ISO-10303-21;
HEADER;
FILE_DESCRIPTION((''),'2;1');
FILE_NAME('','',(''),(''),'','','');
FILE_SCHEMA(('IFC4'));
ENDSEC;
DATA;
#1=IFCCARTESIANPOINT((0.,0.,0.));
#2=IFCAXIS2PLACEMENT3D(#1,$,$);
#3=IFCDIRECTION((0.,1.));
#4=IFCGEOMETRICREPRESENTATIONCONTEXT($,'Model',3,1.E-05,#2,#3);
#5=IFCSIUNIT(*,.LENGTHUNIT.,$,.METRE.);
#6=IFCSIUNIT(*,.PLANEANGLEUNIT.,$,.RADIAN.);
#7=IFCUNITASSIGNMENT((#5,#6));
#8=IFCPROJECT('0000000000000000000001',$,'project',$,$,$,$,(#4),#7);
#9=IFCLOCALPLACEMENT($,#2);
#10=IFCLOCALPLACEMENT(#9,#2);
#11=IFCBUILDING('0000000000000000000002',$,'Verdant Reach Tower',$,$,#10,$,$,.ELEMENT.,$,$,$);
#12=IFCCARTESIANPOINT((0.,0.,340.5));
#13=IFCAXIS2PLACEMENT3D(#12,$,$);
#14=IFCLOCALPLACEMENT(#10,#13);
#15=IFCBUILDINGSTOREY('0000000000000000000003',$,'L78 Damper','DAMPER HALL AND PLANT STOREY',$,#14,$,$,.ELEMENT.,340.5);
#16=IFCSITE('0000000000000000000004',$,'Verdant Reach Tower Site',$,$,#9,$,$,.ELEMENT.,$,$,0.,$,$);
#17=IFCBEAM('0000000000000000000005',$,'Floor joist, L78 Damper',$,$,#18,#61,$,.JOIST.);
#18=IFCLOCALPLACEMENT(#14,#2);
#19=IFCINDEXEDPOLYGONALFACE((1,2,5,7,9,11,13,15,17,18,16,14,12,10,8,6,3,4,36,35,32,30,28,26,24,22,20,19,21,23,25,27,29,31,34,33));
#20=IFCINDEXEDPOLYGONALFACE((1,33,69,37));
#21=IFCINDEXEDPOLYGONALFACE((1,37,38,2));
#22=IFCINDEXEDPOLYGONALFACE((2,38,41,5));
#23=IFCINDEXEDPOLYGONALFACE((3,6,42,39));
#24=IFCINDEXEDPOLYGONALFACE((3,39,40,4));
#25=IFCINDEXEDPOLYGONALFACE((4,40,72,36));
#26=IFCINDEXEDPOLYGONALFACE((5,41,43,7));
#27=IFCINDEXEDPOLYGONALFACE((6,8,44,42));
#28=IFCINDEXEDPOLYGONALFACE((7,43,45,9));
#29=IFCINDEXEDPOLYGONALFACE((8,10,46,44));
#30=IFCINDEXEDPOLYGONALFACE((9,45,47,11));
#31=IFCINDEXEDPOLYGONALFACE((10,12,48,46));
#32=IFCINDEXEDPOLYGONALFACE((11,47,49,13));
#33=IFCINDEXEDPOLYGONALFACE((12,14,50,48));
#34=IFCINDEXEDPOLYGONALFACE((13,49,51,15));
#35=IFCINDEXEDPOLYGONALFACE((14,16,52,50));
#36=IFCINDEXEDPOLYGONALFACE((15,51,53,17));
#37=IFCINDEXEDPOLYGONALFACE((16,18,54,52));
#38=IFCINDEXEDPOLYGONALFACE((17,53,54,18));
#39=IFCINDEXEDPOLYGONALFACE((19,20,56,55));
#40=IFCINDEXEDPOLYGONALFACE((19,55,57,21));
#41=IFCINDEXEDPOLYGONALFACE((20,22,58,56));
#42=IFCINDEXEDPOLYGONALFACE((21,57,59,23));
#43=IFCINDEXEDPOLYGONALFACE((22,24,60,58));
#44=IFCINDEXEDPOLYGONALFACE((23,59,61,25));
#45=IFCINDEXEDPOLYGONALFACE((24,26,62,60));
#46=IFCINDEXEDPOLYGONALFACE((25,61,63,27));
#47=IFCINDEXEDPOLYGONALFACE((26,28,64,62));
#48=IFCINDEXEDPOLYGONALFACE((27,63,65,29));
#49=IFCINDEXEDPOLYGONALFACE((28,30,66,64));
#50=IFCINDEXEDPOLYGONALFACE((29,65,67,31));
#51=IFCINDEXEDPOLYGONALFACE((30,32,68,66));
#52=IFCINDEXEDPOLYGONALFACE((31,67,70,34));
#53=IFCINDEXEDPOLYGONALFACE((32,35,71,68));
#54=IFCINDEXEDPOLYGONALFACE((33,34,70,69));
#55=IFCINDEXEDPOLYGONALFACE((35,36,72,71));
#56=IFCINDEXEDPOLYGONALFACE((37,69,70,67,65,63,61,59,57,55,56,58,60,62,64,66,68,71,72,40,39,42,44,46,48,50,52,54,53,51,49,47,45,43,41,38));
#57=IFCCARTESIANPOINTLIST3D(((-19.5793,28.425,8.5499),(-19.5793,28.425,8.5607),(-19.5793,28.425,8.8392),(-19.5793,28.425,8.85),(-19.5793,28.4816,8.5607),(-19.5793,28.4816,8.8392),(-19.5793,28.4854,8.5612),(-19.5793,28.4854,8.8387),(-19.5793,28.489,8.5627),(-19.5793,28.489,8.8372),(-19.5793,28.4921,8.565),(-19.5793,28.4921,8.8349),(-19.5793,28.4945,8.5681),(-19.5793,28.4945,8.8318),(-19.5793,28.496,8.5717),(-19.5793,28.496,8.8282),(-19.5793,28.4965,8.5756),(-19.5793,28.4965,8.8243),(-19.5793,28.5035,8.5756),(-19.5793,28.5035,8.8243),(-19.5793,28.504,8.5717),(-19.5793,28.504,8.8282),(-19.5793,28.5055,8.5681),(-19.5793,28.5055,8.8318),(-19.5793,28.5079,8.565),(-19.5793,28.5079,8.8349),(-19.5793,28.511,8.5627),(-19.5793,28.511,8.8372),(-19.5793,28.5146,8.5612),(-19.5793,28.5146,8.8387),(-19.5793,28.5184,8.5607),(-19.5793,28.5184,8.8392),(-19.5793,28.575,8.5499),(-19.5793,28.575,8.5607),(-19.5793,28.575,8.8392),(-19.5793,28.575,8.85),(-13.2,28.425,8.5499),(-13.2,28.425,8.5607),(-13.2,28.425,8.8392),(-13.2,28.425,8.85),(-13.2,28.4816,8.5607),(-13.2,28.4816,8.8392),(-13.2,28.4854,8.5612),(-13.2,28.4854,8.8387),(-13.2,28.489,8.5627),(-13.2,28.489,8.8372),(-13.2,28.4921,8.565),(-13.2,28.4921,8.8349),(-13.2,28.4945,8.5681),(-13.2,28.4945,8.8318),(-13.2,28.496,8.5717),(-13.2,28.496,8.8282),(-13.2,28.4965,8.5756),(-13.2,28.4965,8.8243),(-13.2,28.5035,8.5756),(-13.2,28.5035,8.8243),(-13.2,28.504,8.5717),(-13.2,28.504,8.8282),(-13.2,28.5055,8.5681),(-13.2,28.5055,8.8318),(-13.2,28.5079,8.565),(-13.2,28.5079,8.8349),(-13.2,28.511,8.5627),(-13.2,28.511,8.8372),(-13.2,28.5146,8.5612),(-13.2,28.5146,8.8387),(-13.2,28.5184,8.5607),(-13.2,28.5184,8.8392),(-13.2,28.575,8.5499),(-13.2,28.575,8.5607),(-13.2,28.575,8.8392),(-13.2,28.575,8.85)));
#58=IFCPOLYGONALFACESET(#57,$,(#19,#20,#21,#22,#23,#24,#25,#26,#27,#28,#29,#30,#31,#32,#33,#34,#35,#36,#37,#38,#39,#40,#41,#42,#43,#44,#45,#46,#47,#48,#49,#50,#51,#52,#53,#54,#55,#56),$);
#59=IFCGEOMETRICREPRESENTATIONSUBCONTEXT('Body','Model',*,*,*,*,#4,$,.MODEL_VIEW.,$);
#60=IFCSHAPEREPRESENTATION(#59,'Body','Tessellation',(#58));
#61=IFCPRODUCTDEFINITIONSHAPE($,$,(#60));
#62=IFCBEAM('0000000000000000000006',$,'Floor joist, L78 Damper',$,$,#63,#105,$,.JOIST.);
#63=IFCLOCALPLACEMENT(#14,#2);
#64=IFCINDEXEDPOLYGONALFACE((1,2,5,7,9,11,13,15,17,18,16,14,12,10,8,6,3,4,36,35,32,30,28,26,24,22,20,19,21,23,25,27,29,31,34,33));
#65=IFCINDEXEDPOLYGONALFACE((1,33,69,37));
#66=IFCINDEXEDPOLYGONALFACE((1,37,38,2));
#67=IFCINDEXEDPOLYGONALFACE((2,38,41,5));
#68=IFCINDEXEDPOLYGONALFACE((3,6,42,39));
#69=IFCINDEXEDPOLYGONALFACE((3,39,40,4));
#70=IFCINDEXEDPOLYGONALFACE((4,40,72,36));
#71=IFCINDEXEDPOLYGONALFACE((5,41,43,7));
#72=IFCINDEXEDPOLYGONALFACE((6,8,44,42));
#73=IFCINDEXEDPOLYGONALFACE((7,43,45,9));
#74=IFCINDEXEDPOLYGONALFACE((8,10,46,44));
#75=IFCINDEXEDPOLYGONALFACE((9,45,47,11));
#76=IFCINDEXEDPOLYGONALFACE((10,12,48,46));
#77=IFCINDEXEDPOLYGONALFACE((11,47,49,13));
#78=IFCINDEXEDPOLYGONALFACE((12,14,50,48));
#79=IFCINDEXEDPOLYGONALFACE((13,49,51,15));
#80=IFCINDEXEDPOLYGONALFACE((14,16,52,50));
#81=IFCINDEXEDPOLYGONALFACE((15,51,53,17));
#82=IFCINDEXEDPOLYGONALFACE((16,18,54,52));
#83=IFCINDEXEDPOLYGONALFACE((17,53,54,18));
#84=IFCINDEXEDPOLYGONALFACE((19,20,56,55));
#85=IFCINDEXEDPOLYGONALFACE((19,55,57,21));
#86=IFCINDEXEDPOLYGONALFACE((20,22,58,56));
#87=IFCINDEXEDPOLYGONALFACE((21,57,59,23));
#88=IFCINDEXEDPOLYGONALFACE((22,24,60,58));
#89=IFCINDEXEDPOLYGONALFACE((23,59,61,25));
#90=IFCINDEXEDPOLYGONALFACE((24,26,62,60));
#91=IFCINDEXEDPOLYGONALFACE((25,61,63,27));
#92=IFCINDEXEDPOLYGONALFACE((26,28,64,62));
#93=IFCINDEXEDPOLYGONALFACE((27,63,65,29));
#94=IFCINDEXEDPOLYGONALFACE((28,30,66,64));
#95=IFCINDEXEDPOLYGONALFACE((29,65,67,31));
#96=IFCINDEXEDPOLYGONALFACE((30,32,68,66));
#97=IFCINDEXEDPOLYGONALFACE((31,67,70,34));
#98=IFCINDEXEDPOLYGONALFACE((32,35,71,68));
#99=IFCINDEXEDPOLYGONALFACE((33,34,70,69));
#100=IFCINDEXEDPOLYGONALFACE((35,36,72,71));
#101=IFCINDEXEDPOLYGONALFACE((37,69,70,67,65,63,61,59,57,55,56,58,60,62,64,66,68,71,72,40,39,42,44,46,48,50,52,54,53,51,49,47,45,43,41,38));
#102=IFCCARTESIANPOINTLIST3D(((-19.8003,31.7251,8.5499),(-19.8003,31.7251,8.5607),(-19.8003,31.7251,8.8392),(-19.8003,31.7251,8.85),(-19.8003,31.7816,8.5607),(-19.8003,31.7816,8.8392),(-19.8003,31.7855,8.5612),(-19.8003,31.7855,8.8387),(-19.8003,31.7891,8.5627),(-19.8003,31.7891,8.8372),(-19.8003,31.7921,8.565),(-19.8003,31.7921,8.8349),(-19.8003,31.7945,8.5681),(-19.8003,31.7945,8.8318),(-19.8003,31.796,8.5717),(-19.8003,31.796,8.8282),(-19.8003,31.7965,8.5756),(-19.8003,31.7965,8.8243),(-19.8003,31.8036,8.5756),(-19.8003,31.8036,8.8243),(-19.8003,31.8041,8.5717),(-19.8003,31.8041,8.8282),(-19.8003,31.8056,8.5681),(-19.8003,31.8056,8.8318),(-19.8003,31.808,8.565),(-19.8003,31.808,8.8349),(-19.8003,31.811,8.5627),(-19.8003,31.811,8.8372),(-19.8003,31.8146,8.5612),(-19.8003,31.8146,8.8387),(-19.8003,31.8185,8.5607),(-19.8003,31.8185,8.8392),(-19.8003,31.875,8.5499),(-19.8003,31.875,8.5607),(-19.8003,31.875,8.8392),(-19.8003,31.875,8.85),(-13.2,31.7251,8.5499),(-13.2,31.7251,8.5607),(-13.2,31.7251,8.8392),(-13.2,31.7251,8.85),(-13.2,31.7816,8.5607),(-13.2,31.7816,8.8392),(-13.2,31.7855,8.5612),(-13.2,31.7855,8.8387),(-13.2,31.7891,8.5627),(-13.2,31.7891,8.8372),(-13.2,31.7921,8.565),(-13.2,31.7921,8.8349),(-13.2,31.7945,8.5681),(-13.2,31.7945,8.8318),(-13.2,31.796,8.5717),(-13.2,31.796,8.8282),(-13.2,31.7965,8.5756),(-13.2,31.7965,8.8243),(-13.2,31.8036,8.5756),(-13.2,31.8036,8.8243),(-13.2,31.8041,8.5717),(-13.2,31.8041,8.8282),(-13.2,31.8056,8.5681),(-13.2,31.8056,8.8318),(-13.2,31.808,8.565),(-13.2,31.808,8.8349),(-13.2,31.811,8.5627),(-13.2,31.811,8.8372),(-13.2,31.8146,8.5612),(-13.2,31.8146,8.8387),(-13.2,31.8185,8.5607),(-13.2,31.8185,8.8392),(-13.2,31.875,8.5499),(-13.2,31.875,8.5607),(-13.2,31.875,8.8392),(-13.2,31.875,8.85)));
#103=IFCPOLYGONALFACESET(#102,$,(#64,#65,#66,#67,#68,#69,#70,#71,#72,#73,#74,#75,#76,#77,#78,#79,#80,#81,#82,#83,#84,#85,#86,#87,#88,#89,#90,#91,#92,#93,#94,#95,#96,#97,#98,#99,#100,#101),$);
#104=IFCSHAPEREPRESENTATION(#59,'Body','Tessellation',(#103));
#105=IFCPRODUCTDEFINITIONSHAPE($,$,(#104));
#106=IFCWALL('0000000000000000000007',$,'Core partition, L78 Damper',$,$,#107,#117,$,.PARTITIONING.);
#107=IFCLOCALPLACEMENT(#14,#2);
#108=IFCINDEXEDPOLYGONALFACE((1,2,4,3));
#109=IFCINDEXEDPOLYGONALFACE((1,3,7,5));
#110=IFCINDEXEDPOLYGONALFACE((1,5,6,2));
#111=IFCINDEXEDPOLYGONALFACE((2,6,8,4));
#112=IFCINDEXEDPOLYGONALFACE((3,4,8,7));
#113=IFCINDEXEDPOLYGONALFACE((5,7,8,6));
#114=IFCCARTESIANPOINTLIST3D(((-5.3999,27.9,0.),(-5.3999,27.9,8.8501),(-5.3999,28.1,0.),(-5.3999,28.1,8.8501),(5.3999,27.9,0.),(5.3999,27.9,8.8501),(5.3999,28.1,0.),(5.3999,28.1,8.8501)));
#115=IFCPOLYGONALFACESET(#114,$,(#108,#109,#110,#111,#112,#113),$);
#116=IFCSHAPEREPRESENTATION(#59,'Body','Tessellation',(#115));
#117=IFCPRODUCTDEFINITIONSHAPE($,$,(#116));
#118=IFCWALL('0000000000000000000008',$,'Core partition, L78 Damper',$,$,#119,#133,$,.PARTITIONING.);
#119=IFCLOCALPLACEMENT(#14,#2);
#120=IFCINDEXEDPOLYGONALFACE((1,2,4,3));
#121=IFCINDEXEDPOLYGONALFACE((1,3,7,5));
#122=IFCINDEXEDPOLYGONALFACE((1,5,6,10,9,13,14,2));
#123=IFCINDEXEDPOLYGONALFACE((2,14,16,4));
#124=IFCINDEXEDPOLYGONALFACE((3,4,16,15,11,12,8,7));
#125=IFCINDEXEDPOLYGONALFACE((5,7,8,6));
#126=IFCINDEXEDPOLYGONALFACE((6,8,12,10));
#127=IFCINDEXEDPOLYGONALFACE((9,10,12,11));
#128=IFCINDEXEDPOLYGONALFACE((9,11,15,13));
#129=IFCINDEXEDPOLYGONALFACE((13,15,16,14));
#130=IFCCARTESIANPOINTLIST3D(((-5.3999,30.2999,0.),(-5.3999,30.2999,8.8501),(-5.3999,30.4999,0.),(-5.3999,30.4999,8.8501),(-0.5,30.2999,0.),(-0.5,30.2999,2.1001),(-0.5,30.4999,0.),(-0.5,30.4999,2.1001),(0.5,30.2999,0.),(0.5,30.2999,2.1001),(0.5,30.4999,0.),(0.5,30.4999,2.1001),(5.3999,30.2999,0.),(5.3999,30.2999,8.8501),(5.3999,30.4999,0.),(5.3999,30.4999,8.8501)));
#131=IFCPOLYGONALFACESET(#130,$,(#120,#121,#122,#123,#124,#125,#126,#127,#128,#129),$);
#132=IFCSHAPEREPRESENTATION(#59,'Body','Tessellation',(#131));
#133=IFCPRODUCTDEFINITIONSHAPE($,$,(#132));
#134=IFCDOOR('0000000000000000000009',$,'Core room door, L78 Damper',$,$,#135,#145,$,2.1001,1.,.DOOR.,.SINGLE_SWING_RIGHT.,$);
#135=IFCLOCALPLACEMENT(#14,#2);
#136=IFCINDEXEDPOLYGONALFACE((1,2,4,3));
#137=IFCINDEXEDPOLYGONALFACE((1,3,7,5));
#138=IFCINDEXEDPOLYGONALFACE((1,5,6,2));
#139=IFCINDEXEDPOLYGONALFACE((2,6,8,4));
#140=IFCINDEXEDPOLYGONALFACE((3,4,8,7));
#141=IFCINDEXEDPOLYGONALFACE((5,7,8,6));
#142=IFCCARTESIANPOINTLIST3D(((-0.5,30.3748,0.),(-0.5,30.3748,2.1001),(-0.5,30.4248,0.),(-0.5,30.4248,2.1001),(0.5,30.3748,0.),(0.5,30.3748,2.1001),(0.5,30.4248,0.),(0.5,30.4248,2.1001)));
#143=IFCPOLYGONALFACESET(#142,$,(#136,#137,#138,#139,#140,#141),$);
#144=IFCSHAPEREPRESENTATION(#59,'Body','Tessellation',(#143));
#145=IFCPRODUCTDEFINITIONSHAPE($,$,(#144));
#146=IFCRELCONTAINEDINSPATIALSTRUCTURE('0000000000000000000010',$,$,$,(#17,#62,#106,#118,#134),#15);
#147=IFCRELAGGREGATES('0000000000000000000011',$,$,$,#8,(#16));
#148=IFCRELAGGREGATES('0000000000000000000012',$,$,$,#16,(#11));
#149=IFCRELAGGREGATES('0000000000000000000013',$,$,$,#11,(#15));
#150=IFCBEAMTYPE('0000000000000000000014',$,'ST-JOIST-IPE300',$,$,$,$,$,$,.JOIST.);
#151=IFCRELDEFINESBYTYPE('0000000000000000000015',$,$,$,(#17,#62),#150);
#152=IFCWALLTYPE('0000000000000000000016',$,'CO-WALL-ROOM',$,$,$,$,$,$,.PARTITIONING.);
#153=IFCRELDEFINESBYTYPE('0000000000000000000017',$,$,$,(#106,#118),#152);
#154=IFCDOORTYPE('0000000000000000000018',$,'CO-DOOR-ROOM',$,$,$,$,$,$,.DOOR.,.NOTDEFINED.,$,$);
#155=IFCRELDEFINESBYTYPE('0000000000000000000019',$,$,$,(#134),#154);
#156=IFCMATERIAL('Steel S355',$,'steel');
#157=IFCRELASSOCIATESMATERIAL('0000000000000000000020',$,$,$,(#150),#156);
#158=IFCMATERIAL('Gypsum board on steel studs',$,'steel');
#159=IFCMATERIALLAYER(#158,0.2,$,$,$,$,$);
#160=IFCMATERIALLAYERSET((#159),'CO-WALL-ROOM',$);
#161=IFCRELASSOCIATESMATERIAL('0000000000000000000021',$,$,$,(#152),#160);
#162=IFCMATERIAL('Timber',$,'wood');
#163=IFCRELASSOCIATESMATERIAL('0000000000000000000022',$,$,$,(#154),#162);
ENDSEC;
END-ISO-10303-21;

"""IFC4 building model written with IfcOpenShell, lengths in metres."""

from ifc_helpers import new_model, si_unit, direction, frame, frame_2d, origin, origin_2d, place, context, subcontext, project, spatial, rectangle, i_section, extrude, material, layer, layer_set, material_profile, profile_set, type_object, element, fill, save


model = new_model("IFC4")

# Units and contexts
model_context = context("Model", 3, precision=1e-05, world=origin(), true_north=direction((0.0, 1.0)))
body_context = subcontext(model_context, "Body", "Model", "MODEL_VIEW")
ifc_project = project(units=[si_unit("LENGTHUNIT", "METRE"), si_unit("PLANEANGLEUNIT", "RADIAN")], contexts=[model_context])

# Site, building, storey
site_placement = place(None, origin())
site = spatial("IfcSite", under=ifc_project, at=site_placement, Name="Verdant Reach Tower Site", CompositionType="ELEMENT", RefElevation=0.0)
building_placement = place(site_placement, origin())
building = spatial("IfcBuilding", under=site, at=building_placement, Name="Verdant Reach Tower", CompositionType="ELEMENT")
storey_placement = place(building_placement, frame((0.0, 0.0, 340.5)))
storey = spatial("IfcBuildingStorey", under=building, at=storey_placement, Name="L78 Damper", Description="DAMPER HALL AND PLANT STOREY", CompositionType="ELEMENT", Elevation=340.5)

# Beams
ifc_material_1 = material(Name="Steel S355", Category="steel")
ifc_material_profile = material_profile(ifc_material_1, i_section(OverallWidth=0.1499, OverallDepth=0.3, WebThickness=0.0071, FlangeThickness=0.0107, FilletRadius=0.0149, at=origin_2d()), Name="IPE 300")
ifc_profile_set = profile_set([ifc_material_profile], Name="Steel S355")
beam_type = type_object("IfcBeamType", Name="ST-JOIST-IPE300", PredefinedType="JOIST", material=ifc_profile_set)
beam_1_placement = place(storey_placement, frame((-13.2, 28.5, 8.7), z_axis=(-1.0, 0.0, 0.0), x_axis=(0.0, -1.0, 0.0)))
element("IfcBeam", 1, at=beam_1_placement, inside=storey, type_object=beam_type, Name="Floor joist, L78 Damper", PredefinedType="JOIST", context=body_context, shape_type="SweptSolid", body=[
    extrude(i_section(OverallWidth=0.1499, OverallDepth=0.3, WebThickness=0.0071, FlangeThickness=0.0107, FilletRadius=0.0149, at=origin_2d()), origin(), (0.0, 0.0, 1.0), 6.3794),
])
beam_2_placement = place(storey_placement, frame((-13.2, 31.8, 8.7), z_axis=(-1.0, 0.0, 0.0), x_axis=(0.0, -1.0, 0.0)))
element("IfcBeam", 2, at=beam_2_placement, inside=storey, type_object=beam_type, Name="Floor joist, L78 Damper", PredefinedType="JOIST", context=body_context, shape_type="SweptSolid", body=[
    extrude(i_section(OverallWidth=0.1499, OverallDepth=0.3, WebThickness=0.0071, FlangeThickness=0.0107, FilletRadius=0.0149, at=origin_2d()), origin(), (0.0, 0.0, 1.0), 6.6003),
])

# Wall
ifc_material_2 = material(Name="Gypsum board on steel studs", Category="steel")
ifc_layer_1 = layer(ifc_material_2, 0.2)
ifc_layer_set_1 = layer_set([ifc_layer_1], Name="CO-WALL-ROOM")
wall_type_1 = type_object("IfcWallType", Name="CO-WALL-ROOM", PredefinedType="PARTITIONING", material=ifc_layer_set_1)
wall_1_placement = place(storey_placement, frame((-5.3999, 28.0, 0.0), z_axis=(0.0, 0.0, 1.0), x_axis=(1.0, 0.0, 0.0)))
element("IfcWall", 3, at=wall_1_placement, inside=storey, type_object=wall_type_1, Name="Core partition, L78 Damper", PredefinedType="PARTITIONING", context=body_context, shape_type="SweptSolid", body=[
    extrude(rectangle(XDim=10.7998, YDim=0.2, at=frame_2d((5.3999, 0.0))), origin(), (0.0, 0.0, 1.0), 8.8501),
])

# Wall, opening, door
wall_2_placement = place(storey_placement, frame((-5.3999, 30.3999, 0.0), z_axis=(0.0, 0.0, 1.0), x_axis=(1.0, 0.0, 0.0)))
wall_2 = element("IfcWall", 4, at=wall_2_placement, inside=storey, type_object=wall_type_1, Name="Core partition, L78 Damper", PredefinedType="PARTITIONING", context=body_context, shape_type="SweptSolid", body=[
    extrude(rectangle(XDim=10.7998, YDim=0.2, at=frame_2d((5.3999, 0.0))), origin(), (0.0, 0.0, 1.0), 8.8501),
])
opening_1_placement = place(wall_2_placement, frame((4.8999, 0.0, 0.0)))
opening_1 = element("IfcOpeningElement", 5, at=opening_1_placement, cuts=wall_2, PredefinedType="OPENING", context=body_context, shape_type="SweptSolid", body=[
    extrude(rectangle(XDim=1.0, YDim=2.1001, at=frame_2d((0.5, 1.05))), frame((0.0, 0.1099, 0.0), z_axis=(0.0, -1.0, 0.0), x_axis=(1.0, 0.0, 0.0)), (0.0, 0.0, 1.0), 0.22),
])
ifc_material_3 = material(Name="Timber", Category="wood")
door_type_1 = type_object("IfcDoorType", Name="CO-DOOR-ROOM", OperationType="NOTDEFINED", PredefinedType="DOOR", material=ifc_material_3)
door_1_placement = place(opening_1_placement, origin())
door_1 = element("IfcDoor", 6, at=door_1_placement, inside=storey, type_object=door_type_1, Name="Core room door, L78 Damper", OperationType="SINGLE_SWING_RIGHT", OverallHeight=2.1001, OverallWidth=1.0, PredefinedType="DOOR", context=body_context, shape_type="SweptSolid", body=[
    extrude(rectangle(XDim=1.0, YDim=2.1001, at=frame_2d((0.5, 1.05))), frame((0.0, 0.0249, 0.0), z_axis=(0.0, -1.0, 0.0), x_axis=(1.0, 0.0, 0.0)), (0.0, 0.0, 1.0), 0.05),
])
fill(opening_1, door_1)

save(model, "model.ifc")
